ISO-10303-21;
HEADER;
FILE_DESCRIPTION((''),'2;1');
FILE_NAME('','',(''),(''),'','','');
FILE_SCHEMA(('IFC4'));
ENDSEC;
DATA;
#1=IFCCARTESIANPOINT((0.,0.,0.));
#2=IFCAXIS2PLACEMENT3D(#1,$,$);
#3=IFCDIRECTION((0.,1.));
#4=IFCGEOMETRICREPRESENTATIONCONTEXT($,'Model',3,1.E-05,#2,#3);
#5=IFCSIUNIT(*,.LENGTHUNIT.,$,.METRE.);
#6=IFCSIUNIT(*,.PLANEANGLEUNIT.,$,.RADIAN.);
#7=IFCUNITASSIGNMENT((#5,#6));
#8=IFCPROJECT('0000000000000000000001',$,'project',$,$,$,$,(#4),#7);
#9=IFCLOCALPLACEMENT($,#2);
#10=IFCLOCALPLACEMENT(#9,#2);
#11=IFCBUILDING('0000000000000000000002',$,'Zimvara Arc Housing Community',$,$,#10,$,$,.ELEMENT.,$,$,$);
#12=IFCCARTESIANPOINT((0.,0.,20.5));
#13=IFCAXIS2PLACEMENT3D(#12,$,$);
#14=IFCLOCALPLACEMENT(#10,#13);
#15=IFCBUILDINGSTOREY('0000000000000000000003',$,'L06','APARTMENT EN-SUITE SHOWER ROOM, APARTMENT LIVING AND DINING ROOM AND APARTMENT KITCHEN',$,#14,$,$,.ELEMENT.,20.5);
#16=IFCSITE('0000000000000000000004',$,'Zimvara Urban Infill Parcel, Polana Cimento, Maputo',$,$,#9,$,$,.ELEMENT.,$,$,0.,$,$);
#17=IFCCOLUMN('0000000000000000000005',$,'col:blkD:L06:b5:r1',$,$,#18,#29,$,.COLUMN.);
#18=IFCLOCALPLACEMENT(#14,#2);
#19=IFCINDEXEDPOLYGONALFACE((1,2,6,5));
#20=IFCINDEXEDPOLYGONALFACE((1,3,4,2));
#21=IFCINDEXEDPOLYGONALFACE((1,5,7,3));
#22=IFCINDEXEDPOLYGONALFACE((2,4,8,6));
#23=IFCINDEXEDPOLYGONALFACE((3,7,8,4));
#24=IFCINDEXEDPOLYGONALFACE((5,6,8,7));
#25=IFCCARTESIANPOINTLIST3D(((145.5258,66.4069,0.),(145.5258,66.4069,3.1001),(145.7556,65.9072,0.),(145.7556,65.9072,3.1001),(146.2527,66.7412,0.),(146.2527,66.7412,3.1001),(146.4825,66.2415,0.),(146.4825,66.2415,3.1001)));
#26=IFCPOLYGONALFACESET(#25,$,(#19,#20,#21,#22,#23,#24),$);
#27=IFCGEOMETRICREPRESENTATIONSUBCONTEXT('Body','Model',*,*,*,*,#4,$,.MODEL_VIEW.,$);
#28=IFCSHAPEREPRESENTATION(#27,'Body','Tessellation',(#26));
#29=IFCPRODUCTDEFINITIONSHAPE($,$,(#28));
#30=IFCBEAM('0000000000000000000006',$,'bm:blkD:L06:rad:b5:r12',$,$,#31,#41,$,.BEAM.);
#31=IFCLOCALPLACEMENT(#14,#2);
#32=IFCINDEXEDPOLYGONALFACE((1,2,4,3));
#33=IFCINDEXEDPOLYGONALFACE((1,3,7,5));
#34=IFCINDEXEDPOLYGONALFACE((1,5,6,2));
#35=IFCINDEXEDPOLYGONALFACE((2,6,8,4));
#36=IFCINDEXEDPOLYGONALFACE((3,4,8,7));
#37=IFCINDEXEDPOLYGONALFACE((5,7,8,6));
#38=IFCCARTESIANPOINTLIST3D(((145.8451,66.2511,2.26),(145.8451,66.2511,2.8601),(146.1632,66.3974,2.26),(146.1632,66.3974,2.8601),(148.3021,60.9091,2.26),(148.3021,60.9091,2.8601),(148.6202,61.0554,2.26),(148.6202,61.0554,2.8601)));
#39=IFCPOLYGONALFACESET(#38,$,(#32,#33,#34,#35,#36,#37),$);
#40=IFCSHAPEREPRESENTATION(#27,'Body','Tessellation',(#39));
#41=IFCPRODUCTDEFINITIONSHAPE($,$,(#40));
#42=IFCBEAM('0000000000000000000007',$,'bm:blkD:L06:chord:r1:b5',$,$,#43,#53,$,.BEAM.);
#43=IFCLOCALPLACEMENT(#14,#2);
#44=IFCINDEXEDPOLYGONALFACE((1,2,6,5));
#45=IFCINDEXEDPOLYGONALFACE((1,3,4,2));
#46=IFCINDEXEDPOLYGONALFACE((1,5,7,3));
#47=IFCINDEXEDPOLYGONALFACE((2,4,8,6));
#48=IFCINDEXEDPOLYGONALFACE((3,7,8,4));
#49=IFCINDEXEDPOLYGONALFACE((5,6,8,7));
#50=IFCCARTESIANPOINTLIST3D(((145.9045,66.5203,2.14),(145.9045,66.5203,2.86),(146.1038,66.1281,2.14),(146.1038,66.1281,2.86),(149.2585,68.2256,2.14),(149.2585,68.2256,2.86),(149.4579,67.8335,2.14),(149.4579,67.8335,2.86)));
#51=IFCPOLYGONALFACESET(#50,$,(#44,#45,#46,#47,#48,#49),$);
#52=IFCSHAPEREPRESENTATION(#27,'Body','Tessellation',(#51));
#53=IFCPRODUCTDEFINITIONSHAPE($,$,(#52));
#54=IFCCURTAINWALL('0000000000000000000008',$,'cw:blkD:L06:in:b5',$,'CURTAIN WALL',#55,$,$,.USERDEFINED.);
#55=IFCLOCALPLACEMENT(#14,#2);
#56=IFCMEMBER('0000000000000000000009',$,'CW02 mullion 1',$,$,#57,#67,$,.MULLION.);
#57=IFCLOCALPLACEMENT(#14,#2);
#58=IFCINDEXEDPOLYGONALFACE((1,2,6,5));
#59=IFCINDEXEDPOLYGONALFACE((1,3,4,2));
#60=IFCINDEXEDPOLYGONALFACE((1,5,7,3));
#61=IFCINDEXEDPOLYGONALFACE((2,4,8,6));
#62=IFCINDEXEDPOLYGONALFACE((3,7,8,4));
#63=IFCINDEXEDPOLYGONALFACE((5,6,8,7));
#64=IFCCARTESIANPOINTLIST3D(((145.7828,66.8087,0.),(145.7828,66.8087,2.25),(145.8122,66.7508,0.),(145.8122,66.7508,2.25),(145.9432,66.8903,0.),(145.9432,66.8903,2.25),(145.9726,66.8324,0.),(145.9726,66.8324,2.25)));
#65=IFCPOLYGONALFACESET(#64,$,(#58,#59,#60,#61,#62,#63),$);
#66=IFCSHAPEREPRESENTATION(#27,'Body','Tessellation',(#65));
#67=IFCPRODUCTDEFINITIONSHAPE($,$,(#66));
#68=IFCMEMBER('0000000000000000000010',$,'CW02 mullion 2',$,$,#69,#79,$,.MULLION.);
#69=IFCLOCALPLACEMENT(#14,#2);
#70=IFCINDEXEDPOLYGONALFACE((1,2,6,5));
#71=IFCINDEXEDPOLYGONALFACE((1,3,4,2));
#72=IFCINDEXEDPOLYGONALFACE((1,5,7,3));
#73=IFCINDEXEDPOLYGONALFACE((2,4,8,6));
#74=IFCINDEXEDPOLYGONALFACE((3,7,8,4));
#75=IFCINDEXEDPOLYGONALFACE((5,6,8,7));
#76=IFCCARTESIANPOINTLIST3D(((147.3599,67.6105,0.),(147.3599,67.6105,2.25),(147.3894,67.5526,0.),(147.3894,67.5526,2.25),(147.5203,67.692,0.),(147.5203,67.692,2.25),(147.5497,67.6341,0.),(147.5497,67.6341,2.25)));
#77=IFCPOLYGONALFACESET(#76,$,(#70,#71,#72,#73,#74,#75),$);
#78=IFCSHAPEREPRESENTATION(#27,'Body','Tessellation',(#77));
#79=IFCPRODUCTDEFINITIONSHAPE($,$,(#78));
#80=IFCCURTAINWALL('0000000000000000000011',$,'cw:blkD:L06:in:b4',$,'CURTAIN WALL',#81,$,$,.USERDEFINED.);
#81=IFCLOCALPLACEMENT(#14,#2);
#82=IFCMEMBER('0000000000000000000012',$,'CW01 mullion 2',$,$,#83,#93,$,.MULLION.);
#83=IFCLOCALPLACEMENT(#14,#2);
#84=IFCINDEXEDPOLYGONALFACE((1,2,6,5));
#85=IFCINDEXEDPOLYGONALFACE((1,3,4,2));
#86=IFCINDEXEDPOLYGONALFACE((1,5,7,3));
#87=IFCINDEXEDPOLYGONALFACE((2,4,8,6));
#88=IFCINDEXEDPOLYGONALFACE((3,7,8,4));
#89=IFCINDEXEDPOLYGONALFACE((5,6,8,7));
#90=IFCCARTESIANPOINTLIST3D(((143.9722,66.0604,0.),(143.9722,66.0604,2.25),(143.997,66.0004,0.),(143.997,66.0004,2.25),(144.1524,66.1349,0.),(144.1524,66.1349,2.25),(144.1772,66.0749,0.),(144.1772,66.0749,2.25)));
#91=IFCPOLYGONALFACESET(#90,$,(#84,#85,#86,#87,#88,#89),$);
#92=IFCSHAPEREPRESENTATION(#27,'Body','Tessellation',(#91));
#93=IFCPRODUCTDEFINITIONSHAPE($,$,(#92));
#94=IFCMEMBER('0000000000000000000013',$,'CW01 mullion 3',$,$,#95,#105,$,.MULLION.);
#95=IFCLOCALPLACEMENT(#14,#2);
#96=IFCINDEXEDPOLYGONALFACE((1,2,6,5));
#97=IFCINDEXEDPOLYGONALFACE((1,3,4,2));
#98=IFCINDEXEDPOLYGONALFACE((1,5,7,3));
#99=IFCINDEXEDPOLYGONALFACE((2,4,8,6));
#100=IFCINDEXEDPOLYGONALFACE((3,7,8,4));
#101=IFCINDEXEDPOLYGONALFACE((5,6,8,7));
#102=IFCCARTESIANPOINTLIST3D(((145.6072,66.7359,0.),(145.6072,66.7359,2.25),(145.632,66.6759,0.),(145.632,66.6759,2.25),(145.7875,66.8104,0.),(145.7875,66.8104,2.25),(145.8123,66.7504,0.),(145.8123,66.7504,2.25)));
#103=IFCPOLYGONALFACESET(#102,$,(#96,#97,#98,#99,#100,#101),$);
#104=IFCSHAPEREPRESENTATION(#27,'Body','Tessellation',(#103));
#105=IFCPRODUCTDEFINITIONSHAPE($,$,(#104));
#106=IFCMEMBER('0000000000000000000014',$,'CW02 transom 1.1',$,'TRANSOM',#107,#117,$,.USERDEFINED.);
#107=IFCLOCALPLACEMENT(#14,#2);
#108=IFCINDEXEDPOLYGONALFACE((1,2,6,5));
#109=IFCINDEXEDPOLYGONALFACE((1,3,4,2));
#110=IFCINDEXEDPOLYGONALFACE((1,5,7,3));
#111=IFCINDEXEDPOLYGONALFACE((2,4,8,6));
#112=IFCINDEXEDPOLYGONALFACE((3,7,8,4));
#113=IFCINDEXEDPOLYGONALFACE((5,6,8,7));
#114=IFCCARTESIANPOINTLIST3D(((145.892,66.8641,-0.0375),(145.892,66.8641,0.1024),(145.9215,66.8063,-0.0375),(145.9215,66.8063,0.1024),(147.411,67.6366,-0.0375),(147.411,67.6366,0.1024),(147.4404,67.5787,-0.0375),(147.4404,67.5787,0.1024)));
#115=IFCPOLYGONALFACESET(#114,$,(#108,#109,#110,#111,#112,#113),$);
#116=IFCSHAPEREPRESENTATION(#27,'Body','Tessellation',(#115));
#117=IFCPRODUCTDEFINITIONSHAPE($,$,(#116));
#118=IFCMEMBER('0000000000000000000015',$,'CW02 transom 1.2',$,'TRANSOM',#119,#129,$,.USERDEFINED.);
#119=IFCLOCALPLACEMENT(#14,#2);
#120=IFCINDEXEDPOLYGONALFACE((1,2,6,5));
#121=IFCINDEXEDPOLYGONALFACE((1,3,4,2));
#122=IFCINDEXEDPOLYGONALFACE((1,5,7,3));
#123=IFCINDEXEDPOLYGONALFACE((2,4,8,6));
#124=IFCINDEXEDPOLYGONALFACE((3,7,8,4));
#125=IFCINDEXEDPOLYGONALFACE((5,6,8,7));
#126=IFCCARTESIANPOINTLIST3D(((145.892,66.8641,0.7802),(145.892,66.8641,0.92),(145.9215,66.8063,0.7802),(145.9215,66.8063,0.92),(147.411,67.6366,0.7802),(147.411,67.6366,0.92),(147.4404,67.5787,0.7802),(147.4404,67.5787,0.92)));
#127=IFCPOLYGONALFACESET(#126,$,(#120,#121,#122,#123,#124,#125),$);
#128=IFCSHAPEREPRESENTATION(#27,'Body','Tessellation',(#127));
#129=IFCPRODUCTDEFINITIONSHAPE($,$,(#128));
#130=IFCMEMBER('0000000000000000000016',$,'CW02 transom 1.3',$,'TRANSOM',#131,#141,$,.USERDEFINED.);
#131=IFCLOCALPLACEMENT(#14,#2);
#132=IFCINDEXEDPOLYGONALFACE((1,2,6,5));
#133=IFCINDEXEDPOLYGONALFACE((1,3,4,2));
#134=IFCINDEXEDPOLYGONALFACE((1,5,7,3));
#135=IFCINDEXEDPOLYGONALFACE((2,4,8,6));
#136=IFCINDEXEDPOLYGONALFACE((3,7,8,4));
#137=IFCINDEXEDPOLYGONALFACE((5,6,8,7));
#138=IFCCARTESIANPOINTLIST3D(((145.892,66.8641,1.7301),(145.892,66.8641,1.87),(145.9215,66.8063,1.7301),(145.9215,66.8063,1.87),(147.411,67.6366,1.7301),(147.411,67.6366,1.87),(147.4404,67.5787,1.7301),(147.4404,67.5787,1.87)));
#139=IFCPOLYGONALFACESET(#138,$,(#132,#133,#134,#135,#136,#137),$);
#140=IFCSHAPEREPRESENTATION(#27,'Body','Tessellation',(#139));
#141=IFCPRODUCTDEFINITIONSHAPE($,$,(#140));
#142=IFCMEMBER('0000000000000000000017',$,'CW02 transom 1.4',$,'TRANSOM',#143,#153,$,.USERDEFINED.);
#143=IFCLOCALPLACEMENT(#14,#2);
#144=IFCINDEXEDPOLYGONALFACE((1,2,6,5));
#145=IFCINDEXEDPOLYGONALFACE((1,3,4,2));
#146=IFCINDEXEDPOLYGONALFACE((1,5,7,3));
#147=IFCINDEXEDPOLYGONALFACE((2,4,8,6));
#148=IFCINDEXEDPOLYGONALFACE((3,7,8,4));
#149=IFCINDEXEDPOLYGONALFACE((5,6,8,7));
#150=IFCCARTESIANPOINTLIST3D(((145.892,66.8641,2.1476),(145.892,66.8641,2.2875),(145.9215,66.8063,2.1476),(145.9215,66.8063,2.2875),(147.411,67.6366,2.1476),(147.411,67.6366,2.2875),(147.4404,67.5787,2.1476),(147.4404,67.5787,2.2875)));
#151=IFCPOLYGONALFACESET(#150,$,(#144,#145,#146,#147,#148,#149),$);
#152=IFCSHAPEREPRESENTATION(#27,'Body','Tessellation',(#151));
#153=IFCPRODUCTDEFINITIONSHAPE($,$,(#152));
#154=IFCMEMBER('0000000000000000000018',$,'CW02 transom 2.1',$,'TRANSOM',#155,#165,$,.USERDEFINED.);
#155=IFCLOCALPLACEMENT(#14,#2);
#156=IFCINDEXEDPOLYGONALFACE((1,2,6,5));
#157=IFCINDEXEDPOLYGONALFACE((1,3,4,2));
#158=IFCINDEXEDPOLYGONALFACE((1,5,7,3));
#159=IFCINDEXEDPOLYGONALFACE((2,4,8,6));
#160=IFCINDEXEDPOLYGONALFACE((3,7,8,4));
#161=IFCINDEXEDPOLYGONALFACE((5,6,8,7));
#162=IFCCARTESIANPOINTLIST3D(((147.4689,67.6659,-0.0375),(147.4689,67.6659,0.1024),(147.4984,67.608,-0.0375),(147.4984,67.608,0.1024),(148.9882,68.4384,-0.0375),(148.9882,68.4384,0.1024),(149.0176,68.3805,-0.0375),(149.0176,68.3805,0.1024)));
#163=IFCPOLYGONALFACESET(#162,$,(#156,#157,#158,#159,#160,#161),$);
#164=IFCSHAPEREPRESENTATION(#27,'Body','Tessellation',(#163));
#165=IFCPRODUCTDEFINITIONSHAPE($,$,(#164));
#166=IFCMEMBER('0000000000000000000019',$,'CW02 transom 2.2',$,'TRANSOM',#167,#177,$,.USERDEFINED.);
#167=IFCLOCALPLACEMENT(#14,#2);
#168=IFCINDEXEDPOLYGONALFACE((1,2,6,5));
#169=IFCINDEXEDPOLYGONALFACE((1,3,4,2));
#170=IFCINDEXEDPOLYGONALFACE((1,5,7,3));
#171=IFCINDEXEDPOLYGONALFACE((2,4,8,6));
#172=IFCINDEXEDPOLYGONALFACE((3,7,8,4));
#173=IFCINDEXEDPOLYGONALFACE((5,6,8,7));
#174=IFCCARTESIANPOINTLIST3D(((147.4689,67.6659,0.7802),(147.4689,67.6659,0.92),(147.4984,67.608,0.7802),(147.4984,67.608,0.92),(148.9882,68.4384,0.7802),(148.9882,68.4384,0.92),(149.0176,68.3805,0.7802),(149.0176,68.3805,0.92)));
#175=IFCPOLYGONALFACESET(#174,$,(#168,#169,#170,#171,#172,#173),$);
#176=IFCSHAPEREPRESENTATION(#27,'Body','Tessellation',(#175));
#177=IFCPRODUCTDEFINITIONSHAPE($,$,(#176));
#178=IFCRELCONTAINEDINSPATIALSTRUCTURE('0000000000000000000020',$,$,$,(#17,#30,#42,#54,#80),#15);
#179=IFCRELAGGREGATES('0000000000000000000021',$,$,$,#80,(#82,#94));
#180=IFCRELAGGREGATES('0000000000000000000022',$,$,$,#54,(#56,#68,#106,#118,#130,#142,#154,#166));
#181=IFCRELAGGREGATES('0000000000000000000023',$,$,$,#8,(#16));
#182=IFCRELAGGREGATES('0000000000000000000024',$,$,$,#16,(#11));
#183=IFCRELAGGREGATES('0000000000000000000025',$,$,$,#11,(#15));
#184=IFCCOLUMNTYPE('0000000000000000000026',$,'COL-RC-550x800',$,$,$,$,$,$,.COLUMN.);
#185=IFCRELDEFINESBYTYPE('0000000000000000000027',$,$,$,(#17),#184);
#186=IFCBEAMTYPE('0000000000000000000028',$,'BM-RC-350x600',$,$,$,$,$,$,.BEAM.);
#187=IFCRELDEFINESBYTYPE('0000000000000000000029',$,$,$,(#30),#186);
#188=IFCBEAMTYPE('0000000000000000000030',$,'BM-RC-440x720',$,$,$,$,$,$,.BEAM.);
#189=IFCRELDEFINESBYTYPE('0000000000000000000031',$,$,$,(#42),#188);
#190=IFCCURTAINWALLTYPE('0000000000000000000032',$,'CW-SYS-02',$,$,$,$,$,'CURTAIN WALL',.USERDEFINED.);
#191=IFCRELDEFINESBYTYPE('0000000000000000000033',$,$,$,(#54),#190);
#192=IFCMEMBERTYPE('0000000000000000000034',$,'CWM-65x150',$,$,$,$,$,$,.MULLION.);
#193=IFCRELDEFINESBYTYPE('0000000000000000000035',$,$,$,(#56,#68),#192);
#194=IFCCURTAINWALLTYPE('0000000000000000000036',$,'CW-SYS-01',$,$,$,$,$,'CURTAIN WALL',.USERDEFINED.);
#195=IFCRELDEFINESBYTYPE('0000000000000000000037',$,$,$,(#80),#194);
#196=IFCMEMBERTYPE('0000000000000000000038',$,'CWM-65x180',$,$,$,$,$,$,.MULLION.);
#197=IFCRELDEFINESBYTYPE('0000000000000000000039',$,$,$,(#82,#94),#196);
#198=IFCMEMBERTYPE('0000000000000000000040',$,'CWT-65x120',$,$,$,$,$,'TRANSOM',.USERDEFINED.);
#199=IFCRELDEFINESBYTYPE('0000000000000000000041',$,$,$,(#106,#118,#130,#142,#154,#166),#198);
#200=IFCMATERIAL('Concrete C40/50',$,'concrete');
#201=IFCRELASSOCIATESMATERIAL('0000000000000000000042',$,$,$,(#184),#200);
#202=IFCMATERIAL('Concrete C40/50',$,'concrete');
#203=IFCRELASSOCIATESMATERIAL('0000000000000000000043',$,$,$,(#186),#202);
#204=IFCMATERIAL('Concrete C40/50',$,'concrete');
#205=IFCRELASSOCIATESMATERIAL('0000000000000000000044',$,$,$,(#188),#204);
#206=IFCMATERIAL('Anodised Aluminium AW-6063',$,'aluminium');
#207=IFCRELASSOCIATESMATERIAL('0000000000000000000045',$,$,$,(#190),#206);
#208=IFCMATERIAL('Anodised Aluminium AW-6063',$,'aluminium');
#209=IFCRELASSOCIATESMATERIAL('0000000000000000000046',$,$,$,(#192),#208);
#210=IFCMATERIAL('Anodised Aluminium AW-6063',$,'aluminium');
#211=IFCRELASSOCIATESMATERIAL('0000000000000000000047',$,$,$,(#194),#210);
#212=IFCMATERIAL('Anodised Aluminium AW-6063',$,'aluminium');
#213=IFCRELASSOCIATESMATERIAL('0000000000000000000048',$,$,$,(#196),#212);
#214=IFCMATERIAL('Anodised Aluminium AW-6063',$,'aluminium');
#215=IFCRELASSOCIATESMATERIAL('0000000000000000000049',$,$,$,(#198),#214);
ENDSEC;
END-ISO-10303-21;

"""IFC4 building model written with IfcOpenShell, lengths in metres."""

from ifc_helpers import new_model, si_unit, direction, frame, origin, origin_2d, place, context, subcontext, project, spatial, rectangle, extrude, material, material_profile, profile_set, type_object, element, aggregate, save


model = new_model("IFC4")

# Units and contexts
model_context = context("Model", 3, precision=1e-05, world=origin(), true_north=direction((0.0, 1.0)))
body_context = subcontext(model_context, "Body", "Model", "MODEL_VIEW")
ifc_project = project(units=[si_unit("LENGTHUNIT", "METRE"), si_unit("PLANEANGLEUNIT", "RADIAN")], contexts=[model_context])

# Site, building, storey
site_placement = place(None, origin())
site = spatial("IfcSite", under=ifc_project, at=site_placement, Name="Zimvara Urban Infill Parcel, Polana Cimento, Maputo", CompositionType="ELEMENT", RefElevation=0.0)
building_placement = place(site_placement, origin())
building = spatial("IfcBuilding", under=site, at=building_placement, Name="Zimvara Arc Housing Community", CompositionType="ELEMENT")
storey_placement = place(building_placement, frame((0.0, 0.0, 20.5)))
storey = spatial("IfcBuildingStorey", under=building, at=storey_placement, Name="L06", Description="APARTMENT EN-SUITE SHOWER ROOM, APARTMENT LIVING AND DINING ROOM AND APARTMENT KITCHEN", CompositionType="ELEMENT", Elevation=20.5)

# Column
ifc_material_1 = material(Name="Concrete C40/50", Category="concrete")
ifc_material_profile_1 = material_profile(ifc_material_1, rectangle(XDim=0.55, YDim=0.8, at=origin_2d()), Name="RC 550x800")
ifc_profile_set_1 = profile_set([ifc_material_profile_1], Name="Concrete C40/50")
column_type = type_object("IfcColumnType", Name="COL-RC-550x800", PredefinedType="COLUMN", material=ifc_profile_set_1)
column_placement = place(storey_placement, frame((146.0042, 66.3242, 0.0), z_axis=(0.0, 0.0, 1.0), x_axis=(0.417867, -0.908508, 0.0)))
element("IfcColumn", 1, at=column_placement, inside=storey, type_object=column_type, Name="col:blkD:L06:b5:r1", PredefinedType="COLUMN", context=body_context, shape_type="SweptSolid", body=[
    extrude(rectangle(XDim=0.55, YDim=0.8, at=origin_2d()), origin(), (0.0, 0.0, 1.0), 3.1001),
])

# Beams
ifc_material_2 = material(Name="Concrete C40/50", Category="concrete")
ifc_material_profile_2 = material_profile(ifc_material_2, rectangle(XDim=0.3501, YDim=0.6001, at=origin_2d()), Name="RC 350x600")
ifc_profile_set_2 = profile_set([ifc_material_profile_2], Name="Concrete C40/50")
beam_type_1 = type_object("IfcBeamType", Name="BM-RC-350x600", PredefinedType="BEAM", material=ifc_profile_set_2)
beam_1_placement = place(storey_placement, frame((146.0042, 66.3242, 2.5601), z_axis=(0.417862, -0.90851, 0.0), x_axis=(0.90851, 0.417862, 0.0)))
element("IfcBeam", 2, at=beam_1_placement, inside=storey, type_object=beam_type_1, Name="bm:blkD:L06:rad:b5:r12", PredefinedType="BEAM", context=body_context, shape_type="SweptSolid", body=[
    extrude(rectangle(XDim=0.3501, YDim=0.6001, at=origin_2d()), origin(), (0.0, 0.0, 1.0), 5.8799),
])
ifc_material_3 = material(Name="Concrete C40/50", Category="concrete")
ifc_material_profile_3 = material_profile(ifc_material_3, rectangle(XDim=0.4399, YDim=0.72, at=origin_2d()), Name="RC 440x720")
ifc_profile_set_3 = profile_set([ifc_material_profile_3], Name="Concrete C40/50")
beam_type_2 = type_object("IfcBeamType", Name="BM-RC-440x720", PredefinedType="BEAM", material=ifc_profile_set_3)
beam_2_placement = place(storey_placement, frame((146.0042, 66.3242, 2.5), z_axis=(0.891396, 0.453225, 0.0), x_axis=(-0.453225, 0.891396, 0.0)))
element("IfcBeam", 3, at=beam_2_placement, inside=storey, type_object=beam_type_2, Name="bm:blkD:L06:chord:r1:b5", PredefinedType="BEAM", context=body_context, shape_type="SweptSolid", body=[
    extrude(rectangle(XDim=0.4399, YDim=0.72, at=origin_2d()), origin(), (0.0, 0.0, 1.0), 3.7627),
])

# Curtain walls, members
ifc_material_4 = material(Name="Anodised Aluminium AW-6063", Category="aluminium")
curtain_wall_type_1 = type_object("IfcCurtainWallType", Name="CW-SYS-02", ElementType="CURTAIN WALL", PredefinedType="USERDEFINED", material=ifc_material_4)
curtain_wall_1_placement = place(storey_placement, origin())
curtain_wall_1 = element("IfcCurtainWall", 4, at=curtain_wall_1_placement, inside=storey, type_object=curtain_wall_type_1, Name="cw:blkD:L06:in:b5", ObjectType="CURTAIN WALL", PredefinedType="USERDEFINED")
ifc_material_5 = material(Name="Anodised Aluminium AW-6063", Category="aluminium")
ifc_material_profile_4 = material_profile(ifc_material_5, rectangle(XDim=0.0649, YDim=0.1799, at=origin_2d()), Name="ALU 65x180")
ifc_profile_set_4 = profile_set([ifc_material_profile_4], Name="Anodised Aluminium AW-6063")
member_type_1 = type_object("IfcMemberType", Name="CWM-65x150", PredefinedType="MULLION", material=ifc_profile_set_4)
member_1_placement = place(storey_placement, frame((145.8777, 66.8206, 0.0), z_axis=(0.0, 0.0, 1.0), x_axis=(-0.453213, 0.891402, 0.0)))
member_1 = element("IfcMember", 5, at=member_1_placement, type_object=member_type_1, Name="CW02 mullion 1", PredefinedType="MULLION", context=body_context, shape_type="SweptSolid", body=[
    extrude(rectangle(XDim=0.0649, YDim=0.1799, at=origin_2d()), origin(), (0.0, 0.0, 1.0), 2.25),
])
member_2_placement = place(storey_placement, frame((147.4548, 67.6223, 0.0), z_axis=(0.0, 0.0, 1.0), x_axis=(-0.453213, 0.891402, 0.0)))
member_2 = element("IfcMember", 6, at=member_2_placement, type_object=member_type_1, Name="CW02 mullion 2", PredefinedType="MULLION", context=body_context, shape_type="SweptSolid", body=[
    extrude(rectangle(XDim=0.0649, YDim=0.1799, at=origin_2d()), origin(), (0.0, 0.0, 1.0), 2.25),
])
ifc_material_6 = material(Name="Anodised Aluminium AW-6063", Category="aluminium")
curtain_wall_type_2 = type_object("IfcCurtainWallType", Name="CW-SYS-01", ElementType="CURTAIN WALL", PredefinedType="USERDEFINED", material=ifc_material_6)
curtain_wall_2_placement = place(storey_placement, origin())
curtain_wall_2 = element("IfcCurtainWall", 7, at=curtain_wall_2_placement, inside=storey, type_object=curtain_wall_type_2, Name="cw:blkD:L06:in:b4", ObjectType="CURTAIN WALL", PredefinedType="USERDEFINED")
ifc_material_7 = material(Name="Anodised Aluminium AW-6063", Category="aluminium")
ifc_material_profile_5 = material_profile(ifc_material_7, rectangle(XDim=0.0649, YDim=0.1951, at=origin_2d()), Name="ALU 65x195")
ifc_profile_set_5 = profile_set([ifc_material_profile_5], Name="Anodised Aluminium AW-6063")
member_type_2 = type_object("IfcMemberType", Name="CWM-65x180", PredefinedType="MULLION", material=ifc_profile_set_5)
member_3_placement = place(storey_placement, frame((144.0747, 66.0676, 0.0), z_axis=(0.0, 0.0, 1.0), x_axis=(-0.381878, 0.924213, 0.0)))
member_3 = element("IfcMember", 8, at=member_3_placement, type_object=member_type_2, Name="CW01 mullion 2", PredefinedType="MULLION", context=body_context, shape_type="SweptSolid", body=[
    extrude(rectangle(XDim=0.0649, YDim=0.1951, at=origin_2d()), origin(), (0.0, 0.0, 1.0), 2.25),
])
member_4_placement = place(storey_placement, frame((145.7097, 66.7432, 0.0), z_axis=(0.0, 0.0, 1.0), x_axis=(-0.381878, 0.924213, 0.0)))
member_4 = element("IfcMember", 9, at=member_4_placement, type_object=member_type_2, Name="CW01 mullion 3", PredefinedType="MULLION", context=body_context, shape_type="SweptSolid", body=[
    extrude(rectangle(XDim=0.0649, YDim=0.1951, at=origin_2d()), origin(), (0.0, 0.0, 1.0), 2.25),
])

# Members
ifc_material_8 = material(Name="Anodised Aluminium AW-6063", Category="aluminium")
ifc_material_profile_6 = material_profile(ifc_material_8, rectangle(XDim=0.0649, YDim=0.1399, at=origin_2d()), Name="ALU 65x140")
ifc_profile_set_6 = profile_set([ifc_material_profile_6], Name="Anodised Aluminium AW-6063")
member_type_3 = type_object("IfcMemberType", Name="CWT-65x120", ElementType="TRANSOM", PredefinedType="USERDEFINED", material=ifc_profile_set_6)
member_5_placement = place(storey_placement, frame((145.9067, 66.8352, 0.0325), z_axis=(0.891369, 0.453278, 0.0), x_axis=(-0.453278, 0.891369, 0.0)))
member_5 = element("IfcMember", 10, at=member_5_placement, type_object=member_type_3, Name="CW02 transom 1.1", ObjectType="TRANSOM", PredefinedType="USERDEFINED", context=body_context, shape_type="SweptSolid", body=[
    extrude(rectangle(XDim=0.0649, YDim=0.1399, at=origin_2d()), origin(), (0.0, 0.0, 1.0), 1.7041),
])
member_6_placement = place(storey_placement, frame((145.9067, 66.8352, 0.8501), z_axis=(0.891369, 0.453278, 0.0), x_axis=(-0.453278, 0.891369, 0.0)))
member_6 = element("IfcMember", 11, at=member_6_placement, type_object=member_type_3, Name="CW02 transom 1.2", ObjectType="TRANSOM", PredefinedType="USERDEFINED", context=body_context, shape_type="SweptSolid", body=[
    extrude(rectangle(XDim=0.0649, YDim=0.1399, at=origin_2d()), origin(), (0.0, 0.0, 1.0), 1.7041),
])
member_7_placement = place(storey_placement, frame((145.9067, 66.8352, 1.8), z_axis=(0.891369, 0.453278, 0.0), x_axis=(-0.453278, 0.891369, 0.0)))
member_7 = element("IfcMember", 12, at=member_7_placement, type_object=member_type_3, Name="CW02 transom 1.3", ObjectType="TRANSOM", PredefinedType="USERDEFINED", context=body_context, shape_type="SweptSolid", body=[
    extrude(rectangle(XDim=0.0649, YDim=0.1399, at=origin_2d()), origin(), (0.0, 0.0, 1.0), 1.7041),
])
member_8_placement = place(storey_placement, frame((145.9067, 66.8352, 2.2175), z_axis=(0.891369, 0.453278, 0.0), x_axis=(-0.453278, 0.891369, 0.0)))
member_8 = element("IfcMember", 13, at=member_8_placement, type_object=member_type_3, Name="CW02 transom 1.4", ObjectType="TRANSOM", PredefinedType="USERDEFINED", context=body_context, shape_type="SweptSolid", body=[
    extrude(rectangle(XDim=0.0649, YDim=0.1399, at=origin_2d()), origin(), (0.0, 0.0, 1.0), 1.7041),
])
member_9_placement = place(storey_placement, frame((147.4836, 67.637, 0.0325), z_axis=(0.891399, 0.45322, 0.0), x_axis=(-0.45322, 0.891399, 0.0)))
member_9 = element("IfcMember", 14, at=member_9_placement, type_object=member_type_3, Name="CW02 transom 2.1", ObjectType="TRANSOM", PredefinedType="USERDEFINED", context=body_context, shape_type="SweptSolid", body=[
    extrude(rectangle(XDim=0.0649, YDim=0.1399, at=origin_2d()), origin(), (0.0, 0.0, 1.0), 1.7043),
])
member_10_placement = place(storey_placement, frame((147.4836, 67.637, 0.8501), z_axis=(0.891399, 0.45322, 0.0), x_axis=(-0.45322, 0.891399, 0.0)))
member_10 = element("IfcMember", 15, at=member_10_placement, type_object=member_type_3, Name="CW02 transom 2.2", ObjectType="TRANSOM", PredefinedType="USERDEFINED", context=body_context, shape_type="SweptSolid", body=[
    extrude(rectangle(XDim=0.0649, YDim=0.1399, at=origin_2d()), origin(), (0.0, 0.0, 1.0), 1.7043),
])

aggregate(curtain_wall_2, [member_3, member_4])
aggregate(curtain_wall_1, [member_1, member_2, member_5, member_6, member_7, member_8, member_9, member_10])

save(model, "model.ifc")
